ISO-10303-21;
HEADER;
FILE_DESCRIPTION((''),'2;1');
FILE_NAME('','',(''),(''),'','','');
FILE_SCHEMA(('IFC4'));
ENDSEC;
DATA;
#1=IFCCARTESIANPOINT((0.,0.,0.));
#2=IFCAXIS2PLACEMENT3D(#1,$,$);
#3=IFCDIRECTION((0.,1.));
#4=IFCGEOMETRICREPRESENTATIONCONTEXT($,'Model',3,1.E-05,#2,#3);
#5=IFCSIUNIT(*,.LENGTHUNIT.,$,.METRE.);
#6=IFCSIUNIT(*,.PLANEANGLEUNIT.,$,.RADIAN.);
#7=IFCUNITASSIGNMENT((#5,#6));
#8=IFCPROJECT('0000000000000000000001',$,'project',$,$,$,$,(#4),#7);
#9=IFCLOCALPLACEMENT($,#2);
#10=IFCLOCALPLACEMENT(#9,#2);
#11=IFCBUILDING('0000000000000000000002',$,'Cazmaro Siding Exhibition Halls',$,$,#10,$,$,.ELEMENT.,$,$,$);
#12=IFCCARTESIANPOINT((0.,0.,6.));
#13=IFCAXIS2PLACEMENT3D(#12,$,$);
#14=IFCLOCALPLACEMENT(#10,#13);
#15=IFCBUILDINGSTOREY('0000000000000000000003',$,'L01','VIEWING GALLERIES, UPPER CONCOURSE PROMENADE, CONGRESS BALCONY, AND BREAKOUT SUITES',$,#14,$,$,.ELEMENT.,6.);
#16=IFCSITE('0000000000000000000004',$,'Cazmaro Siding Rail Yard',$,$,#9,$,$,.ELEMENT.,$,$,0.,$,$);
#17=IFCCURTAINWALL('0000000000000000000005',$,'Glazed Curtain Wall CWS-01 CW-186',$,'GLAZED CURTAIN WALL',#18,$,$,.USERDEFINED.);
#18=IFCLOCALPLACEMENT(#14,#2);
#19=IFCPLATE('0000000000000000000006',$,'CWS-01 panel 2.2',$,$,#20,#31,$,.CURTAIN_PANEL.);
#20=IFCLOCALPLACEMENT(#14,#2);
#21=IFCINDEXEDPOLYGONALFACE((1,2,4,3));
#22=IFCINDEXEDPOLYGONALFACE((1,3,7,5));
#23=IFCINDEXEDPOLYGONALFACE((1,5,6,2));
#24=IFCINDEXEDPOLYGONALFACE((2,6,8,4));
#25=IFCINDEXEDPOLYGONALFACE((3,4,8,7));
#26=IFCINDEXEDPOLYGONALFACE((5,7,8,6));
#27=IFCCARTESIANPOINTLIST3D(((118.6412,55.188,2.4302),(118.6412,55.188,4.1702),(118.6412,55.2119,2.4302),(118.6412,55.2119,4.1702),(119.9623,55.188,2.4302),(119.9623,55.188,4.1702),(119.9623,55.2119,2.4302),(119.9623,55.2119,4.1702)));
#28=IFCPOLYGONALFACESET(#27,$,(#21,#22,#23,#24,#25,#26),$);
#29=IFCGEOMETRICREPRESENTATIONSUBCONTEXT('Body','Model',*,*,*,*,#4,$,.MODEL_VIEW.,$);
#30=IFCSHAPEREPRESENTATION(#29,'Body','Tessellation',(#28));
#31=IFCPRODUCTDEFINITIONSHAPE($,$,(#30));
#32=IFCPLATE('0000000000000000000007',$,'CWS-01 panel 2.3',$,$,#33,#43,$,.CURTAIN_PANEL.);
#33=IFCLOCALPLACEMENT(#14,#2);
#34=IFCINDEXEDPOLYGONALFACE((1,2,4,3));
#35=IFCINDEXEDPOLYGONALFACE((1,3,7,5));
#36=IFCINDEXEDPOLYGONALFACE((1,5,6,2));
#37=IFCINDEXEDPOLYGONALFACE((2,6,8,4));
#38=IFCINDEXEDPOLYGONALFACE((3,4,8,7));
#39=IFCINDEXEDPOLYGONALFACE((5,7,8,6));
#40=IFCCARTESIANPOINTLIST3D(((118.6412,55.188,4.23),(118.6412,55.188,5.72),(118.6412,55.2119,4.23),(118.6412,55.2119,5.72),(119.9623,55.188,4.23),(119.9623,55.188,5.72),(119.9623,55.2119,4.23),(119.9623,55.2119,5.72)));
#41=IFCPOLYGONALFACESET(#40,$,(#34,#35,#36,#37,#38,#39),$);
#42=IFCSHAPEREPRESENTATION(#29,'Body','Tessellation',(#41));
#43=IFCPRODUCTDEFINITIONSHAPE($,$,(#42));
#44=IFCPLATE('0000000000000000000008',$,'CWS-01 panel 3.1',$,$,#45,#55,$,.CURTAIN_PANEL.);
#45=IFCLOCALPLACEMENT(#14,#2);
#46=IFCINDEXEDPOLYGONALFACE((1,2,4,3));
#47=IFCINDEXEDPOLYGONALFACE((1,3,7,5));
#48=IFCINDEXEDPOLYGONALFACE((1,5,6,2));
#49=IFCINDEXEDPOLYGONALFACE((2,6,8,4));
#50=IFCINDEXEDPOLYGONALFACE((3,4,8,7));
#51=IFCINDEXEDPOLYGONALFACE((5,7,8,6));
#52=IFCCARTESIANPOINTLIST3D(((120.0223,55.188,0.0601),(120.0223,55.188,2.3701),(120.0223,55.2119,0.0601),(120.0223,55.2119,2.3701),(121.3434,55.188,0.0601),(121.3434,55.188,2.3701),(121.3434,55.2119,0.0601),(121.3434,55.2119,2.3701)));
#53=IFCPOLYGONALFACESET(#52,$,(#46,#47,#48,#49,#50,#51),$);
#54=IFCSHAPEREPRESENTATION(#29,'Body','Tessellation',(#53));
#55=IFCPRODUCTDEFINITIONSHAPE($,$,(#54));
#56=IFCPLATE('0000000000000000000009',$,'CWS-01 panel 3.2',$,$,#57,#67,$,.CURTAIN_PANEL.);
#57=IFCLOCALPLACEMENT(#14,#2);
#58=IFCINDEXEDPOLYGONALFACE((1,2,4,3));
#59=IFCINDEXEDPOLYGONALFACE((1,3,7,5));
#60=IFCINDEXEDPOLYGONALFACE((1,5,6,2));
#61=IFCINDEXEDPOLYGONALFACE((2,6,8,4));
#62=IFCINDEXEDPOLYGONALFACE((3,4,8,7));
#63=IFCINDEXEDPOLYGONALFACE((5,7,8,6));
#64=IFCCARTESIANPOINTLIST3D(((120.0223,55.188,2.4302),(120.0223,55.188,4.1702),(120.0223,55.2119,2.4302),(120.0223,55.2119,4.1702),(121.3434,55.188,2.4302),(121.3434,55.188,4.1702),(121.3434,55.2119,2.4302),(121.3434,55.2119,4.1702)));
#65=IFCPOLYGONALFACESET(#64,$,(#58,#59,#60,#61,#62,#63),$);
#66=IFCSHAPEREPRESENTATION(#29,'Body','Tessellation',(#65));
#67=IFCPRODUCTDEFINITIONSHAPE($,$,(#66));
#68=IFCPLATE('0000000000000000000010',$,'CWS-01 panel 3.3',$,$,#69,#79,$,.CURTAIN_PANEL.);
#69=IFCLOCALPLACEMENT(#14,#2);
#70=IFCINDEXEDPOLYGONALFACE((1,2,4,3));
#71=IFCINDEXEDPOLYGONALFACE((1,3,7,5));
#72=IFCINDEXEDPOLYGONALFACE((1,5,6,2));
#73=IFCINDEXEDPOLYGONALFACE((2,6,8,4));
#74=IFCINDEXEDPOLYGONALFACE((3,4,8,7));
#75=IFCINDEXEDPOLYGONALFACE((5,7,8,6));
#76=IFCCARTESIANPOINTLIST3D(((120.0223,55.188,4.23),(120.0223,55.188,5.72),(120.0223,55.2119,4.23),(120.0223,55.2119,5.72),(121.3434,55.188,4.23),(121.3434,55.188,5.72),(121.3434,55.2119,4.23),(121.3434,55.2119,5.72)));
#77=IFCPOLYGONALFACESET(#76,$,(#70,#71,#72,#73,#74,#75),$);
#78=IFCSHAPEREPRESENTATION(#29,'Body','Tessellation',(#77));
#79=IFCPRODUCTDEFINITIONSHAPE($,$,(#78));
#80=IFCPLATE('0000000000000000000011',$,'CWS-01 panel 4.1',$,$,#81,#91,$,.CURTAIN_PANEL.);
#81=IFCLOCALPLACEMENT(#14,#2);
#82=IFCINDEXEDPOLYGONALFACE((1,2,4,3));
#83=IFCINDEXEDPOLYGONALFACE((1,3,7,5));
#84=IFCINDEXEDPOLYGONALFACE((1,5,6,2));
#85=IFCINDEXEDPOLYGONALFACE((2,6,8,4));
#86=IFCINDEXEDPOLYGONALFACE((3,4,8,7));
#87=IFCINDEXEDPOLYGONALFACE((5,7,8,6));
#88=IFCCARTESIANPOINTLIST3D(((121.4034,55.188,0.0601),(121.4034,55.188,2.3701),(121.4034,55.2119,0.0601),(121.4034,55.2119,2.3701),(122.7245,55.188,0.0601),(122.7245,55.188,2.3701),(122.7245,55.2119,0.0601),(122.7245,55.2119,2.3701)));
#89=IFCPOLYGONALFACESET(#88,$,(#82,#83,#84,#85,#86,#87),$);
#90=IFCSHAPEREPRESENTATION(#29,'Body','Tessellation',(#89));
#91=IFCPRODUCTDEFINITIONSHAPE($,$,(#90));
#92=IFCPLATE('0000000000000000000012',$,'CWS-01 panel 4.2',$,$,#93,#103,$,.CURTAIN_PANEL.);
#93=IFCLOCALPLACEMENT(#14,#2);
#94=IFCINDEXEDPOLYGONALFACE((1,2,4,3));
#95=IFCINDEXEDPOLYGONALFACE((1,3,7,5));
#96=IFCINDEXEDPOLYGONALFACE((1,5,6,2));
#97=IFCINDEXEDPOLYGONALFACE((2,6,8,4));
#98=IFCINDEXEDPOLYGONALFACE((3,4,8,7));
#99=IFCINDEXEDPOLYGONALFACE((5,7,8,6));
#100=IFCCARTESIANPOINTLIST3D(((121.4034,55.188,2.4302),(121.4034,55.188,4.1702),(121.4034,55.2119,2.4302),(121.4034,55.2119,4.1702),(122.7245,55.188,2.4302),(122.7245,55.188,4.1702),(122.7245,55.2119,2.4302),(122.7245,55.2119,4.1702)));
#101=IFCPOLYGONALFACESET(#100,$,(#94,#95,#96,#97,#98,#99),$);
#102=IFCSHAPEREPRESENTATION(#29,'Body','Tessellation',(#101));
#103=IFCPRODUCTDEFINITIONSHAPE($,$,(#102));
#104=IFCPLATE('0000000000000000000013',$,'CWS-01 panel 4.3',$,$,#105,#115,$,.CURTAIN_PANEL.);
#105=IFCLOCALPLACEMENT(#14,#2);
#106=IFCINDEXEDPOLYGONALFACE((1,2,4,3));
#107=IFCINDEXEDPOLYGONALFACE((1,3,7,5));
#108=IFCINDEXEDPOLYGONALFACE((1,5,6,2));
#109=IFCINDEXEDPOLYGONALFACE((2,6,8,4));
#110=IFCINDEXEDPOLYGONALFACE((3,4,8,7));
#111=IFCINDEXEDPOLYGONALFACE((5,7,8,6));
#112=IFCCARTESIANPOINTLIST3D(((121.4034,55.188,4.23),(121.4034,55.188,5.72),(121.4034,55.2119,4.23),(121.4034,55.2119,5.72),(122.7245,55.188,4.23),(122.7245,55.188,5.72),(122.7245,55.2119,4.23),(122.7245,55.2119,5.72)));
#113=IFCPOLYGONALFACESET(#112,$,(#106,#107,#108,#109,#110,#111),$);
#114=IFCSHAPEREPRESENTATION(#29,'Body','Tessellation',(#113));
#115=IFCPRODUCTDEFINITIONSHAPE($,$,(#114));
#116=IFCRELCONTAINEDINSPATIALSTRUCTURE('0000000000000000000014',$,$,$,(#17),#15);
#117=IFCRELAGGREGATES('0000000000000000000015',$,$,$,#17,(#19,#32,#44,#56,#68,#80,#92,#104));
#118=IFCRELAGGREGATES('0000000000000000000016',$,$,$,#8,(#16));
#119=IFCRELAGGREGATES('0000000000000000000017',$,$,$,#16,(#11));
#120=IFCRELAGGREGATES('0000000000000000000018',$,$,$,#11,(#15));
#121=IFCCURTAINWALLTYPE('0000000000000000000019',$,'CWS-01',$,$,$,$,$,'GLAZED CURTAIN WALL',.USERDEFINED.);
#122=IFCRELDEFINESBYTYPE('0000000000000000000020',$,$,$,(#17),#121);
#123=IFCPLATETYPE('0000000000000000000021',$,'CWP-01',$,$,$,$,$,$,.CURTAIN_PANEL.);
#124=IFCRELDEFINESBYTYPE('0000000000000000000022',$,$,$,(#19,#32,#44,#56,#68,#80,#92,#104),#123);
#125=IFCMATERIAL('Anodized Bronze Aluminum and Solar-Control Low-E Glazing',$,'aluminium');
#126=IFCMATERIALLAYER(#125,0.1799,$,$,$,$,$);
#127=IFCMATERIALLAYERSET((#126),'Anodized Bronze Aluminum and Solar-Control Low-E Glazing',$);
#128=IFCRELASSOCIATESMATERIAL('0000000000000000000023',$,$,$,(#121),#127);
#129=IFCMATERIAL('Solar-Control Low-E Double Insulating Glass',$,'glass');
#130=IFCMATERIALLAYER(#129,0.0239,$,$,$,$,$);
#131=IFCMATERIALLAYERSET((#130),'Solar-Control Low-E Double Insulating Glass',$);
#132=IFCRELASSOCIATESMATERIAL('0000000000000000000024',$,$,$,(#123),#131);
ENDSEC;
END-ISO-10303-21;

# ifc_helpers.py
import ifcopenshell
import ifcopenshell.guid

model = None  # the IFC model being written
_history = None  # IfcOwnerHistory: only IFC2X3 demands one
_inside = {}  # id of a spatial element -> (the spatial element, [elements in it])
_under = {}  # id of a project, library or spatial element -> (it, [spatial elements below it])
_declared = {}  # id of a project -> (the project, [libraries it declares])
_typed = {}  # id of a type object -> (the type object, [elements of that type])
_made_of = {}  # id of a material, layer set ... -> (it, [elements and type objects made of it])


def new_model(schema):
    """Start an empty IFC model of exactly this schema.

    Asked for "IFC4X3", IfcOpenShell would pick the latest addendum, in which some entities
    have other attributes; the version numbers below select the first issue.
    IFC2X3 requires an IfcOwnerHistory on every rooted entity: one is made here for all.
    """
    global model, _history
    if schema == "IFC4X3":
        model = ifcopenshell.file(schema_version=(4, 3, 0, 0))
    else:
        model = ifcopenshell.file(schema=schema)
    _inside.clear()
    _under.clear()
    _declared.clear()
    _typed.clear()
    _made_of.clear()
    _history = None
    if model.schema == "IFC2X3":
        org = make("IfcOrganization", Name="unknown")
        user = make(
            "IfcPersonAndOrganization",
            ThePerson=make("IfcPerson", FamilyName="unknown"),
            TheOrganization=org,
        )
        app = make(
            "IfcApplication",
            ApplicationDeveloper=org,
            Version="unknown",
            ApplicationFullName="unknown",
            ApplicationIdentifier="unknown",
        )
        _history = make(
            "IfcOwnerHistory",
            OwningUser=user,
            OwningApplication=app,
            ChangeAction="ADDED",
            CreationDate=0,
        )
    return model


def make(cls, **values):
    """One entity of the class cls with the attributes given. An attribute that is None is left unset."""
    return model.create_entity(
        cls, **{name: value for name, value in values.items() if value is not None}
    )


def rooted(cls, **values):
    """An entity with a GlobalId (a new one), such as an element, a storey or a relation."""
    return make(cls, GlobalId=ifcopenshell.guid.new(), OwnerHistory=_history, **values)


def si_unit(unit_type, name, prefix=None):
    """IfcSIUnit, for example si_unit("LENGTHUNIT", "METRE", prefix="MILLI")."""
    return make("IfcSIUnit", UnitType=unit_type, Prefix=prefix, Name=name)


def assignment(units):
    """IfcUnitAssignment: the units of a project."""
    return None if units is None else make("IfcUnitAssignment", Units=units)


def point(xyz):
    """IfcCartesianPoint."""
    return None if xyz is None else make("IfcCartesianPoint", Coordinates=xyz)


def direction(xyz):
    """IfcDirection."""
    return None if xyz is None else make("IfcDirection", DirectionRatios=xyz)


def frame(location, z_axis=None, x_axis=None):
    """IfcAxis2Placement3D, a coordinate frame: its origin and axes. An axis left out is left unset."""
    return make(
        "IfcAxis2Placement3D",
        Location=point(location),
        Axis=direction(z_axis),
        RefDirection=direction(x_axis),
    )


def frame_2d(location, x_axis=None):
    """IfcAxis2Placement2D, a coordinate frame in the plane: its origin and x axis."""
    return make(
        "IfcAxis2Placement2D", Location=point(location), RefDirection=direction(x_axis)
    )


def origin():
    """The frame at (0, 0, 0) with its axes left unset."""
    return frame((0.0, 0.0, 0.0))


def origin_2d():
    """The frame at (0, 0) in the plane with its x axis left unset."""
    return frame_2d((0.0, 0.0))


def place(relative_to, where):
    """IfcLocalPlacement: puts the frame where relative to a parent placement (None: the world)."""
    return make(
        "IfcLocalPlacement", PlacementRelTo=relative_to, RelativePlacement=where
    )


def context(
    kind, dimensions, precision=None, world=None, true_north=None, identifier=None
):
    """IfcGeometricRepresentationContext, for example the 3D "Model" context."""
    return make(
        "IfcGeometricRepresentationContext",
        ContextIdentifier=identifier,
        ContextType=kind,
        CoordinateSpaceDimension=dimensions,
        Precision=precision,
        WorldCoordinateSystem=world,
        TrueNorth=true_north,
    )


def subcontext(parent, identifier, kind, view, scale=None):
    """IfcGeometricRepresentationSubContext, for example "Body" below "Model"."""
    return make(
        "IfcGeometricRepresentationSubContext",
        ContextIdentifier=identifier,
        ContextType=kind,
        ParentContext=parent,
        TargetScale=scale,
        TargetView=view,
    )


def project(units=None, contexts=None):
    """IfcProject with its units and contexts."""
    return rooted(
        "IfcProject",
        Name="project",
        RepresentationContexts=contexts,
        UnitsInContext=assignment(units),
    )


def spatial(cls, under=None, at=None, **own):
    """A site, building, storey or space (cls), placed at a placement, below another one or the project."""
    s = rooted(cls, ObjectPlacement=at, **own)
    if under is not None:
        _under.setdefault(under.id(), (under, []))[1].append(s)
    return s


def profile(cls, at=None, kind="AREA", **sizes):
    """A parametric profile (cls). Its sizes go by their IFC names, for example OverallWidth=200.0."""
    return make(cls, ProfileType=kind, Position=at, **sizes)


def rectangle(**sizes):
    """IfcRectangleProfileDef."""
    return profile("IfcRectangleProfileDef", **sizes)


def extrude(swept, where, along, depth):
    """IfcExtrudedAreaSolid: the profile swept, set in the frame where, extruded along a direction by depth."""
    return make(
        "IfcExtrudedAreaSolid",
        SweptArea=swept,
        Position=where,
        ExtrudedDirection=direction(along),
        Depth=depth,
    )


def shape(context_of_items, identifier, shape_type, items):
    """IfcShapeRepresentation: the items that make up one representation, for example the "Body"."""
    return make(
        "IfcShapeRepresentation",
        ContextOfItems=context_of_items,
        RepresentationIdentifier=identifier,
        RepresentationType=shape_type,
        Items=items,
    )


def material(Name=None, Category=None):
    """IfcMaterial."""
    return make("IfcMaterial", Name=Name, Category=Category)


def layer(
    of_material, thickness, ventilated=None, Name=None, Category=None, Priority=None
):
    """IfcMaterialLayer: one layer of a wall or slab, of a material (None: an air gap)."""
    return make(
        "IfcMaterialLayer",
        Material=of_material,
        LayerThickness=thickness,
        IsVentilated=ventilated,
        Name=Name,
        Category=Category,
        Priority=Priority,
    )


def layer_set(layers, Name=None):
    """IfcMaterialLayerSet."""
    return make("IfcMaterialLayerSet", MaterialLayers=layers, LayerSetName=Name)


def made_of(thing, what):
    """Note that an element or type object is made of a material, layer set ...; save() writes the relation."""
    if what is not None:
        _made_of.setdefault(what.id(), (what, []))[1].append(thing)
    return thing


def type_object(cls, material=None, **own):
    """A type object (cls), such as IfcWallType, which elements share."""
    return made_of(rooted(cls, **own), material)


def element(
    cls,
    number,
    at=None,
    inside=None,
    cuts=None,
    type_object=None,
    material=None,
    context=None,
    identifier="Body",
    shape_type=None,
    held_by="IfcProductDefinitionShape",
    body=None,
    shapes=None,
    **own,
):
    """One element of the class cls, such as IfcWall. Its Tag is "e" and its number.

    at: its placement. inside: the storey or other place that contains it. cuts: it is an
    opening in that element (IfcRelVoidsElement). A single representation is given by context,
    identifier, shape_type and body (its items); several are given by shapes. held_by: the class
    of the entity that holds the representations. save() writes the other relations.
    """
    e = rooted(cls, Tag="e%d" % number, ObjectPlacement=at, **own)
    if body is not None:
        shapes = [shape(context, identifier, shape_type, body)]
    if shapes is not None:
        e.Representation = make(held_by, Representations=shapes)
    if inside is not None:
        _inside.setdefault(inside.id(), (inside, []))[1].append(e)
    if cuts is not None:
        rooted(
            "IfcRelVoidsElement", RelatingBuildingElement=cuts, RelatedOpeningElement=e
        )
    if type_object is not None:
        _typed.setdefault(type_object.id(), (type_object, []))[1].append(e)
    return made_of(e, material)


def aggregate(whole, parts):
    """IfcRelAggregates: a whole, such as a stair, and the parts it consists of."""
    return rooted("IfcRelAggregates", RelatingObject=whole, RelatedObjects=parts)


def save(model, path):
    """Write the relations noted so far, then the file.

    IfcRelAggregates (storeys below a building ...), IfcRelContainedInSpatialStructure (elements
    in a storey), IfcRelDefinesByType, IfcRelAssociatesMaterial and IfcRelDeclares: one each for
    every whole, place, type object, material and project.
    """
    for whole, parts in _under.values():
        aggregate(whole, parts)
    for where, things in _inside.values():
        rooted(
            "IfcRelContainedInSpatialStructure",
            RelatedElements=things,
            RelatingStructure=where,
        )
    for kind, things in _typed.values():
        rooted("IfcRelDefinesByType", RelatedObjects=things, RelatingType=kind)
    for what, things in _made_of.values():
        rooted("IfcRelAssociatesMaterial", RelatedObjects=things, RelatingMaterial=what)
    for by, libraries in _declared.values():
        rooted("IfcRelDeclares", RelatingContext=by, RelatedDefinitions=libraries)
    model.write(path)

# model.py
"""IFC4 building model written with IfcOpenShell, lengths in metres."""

from ifc_helpers import new_model, si_unit, direction, frame, origin, origin_2d, place, context, subcontext, project, spatial, rectangle, extrude, material, layer, layer_set, type_object, element, aggregate, save


model = new_model("IFC4")

# Units and contexts
model_context = context("Model", 3, precision=1e-05, world=origin(), true_north=direction((0.0, 1.0)))
body_context = subcontext(model_context, "Body", "Model", "MODEL_VIEW")
ifc_project = project(units=[si_unit("LENGTHUNIT", "METRE"), si_unit("PLANEANGLEUNIT", "RADIAN")], contexts=[model_context])

# Site, building, storey
site_placement = place(None, origin())
site = spatial("IfcSite", under=ifc_project, at=site_placement, Name="Cazmaro Siding Rail Yard", CompositionType="ELEMENT", RefElevation=0.0)
building_placement = place(site_placement, origin())
building = spatial("IfcBuilding", under=site, at=building_placement, Name="Cazmaro Siding Exhibition Halls", CompositionType="ELEMENT")
storey_placement = place(building_placement, frame((0.0, 0.0, 6.0)))
storey = spatial("IfcBuildingStorey", under=building, at=storey_placement, Name="L01", Description="VIEWING GALLERIES, UPPER CONCOURSE PROMENADE, CONGRESS BALCONY, AND BREAKOUT SUITES", CompositionType="ELEMENT", Elevation=6.0)

# Curtain wall, plates
ifc_material_1 = material(Name="Anodized Bronze Aluminum and Solar-Control Low-E Glazing", Category="aluminium")
ifc_layer_1 = layer(ifc_material_1, 0.1799)
ifc_layer_set_1 = layer_set([ifc_layer_1], Name="Anodized Bronze Aluminum and Solar-Control Low-E Glazing")
curtain_wall_type = type_object("IfcCurtainWallType", Name="CWS-01", ElementType="GLAZED CURTAIN WALL", PredefinedType="USERDEFINED", material=ifc_layer_set_1)
curtain_wall_placement = place(storey_placement, origin())
curtain_wall = element("IfcCurtainWall", 1, at=curtain_wall_placement, inside=storey, type_object=curtain_wall_type, Name="Glazed Curtain Wall CWS-01 CW-186", ObjectType="GLAZED CURTAIN WALL", PredefinedType="USERDEFINED")
ifc_material_2 = material(Name="Solar-Control Low-E Double Insulating Glass", Category="glass")
ifc_layer_2 = layer(ifc_material_2, 0.0239)
ifc_layer_set_2 = layer_set([ifc_layer_2], Name="Solar-Control Low-E Double Insulating Glass")
plate_type = type_object("IfcPlateType", Name="CWP-01", PredefinedType="CURTAIN_PANEL", material=ifc_layer_set_2)
plate_1_placement = place(storey_placement, frame((119.3018, 55.2, 2.4302), z_axis=(0.0, 0.0, 1.0), x_axis=(1.0, 0.0, 0.0)))
plate_1 = element("IfcPlate", 2, at=plate_1_placement, type_object=plate_type, Name="CWS-01 panel 2.2", PredefinedType="CURTAIN_PANEL", context=body_context, shape_type="SweptSolid", body=[
    extrude(rectangle(XDim=1.321, YDim=0.0239, at=origin_2d()), origin(), (0.0, 0.0, 1.0), 1.74),
])
plate_2_placement = place(storey_placement, frame((119.3018, 55.2, 4.23), z_axis=(0.0, 0.0, 1.0), x_axis=(1.0, 0.0, 0.0)))
plate_2 = element("IfcPlate", 3, at=plate_2_placement, type_object=plate_type, Name="CWS-01 panel 2.3", PredefinedType="CURTAIN_PANEL", context=body_context, shape_type="SweptSolid", body=[
    extrude(rectangle(XDim=1.321, YDim=0.0239, at=origin_2d()), origin(), (0.0, 0.0, 1.0), 1.49),
])
plate_3_placement = place(storey_placement, frame((120.6829, 55.2, 0.0601), z_axis=(0.0, 0.0, 1.0), x_axis=(1.0, 0.0, 0.0)))
plate_3 = element("IfcPlate", 4, at=plate_3_placement, type_object=plate_type, Name="CWS-01 panel 3.1", PredefinedType="CURTAIN_PANEL", context=body_context, shape_type="SweptSolid", body=[
    extrude(rectangle(XDim=1.321, YDim=0.0239, at=origin_2d()), origin(), (0.0, 0.0, 1.0), 2.3101),
])
plate_4_placement = place(storey_placement, frame((120.6829, 55.2, 2.4302), z_axis=(0.0, 0.0, 1.0), x_axis=(1.0, 0.0, 0.0)))
plate_4 = element("IfcPlate", 5, at=plate_4_placement, type_object=plate_type, Name="CWS-01 panel 3.2", PredefinedType="CURTAIN_PANEL", context=body_context, shape_type="SweptSolid", body=[
    extrude(rectangle(XDim=1.321, YDim=0.0239, at=origin_2d()), origin(), (0.0, 0.0, 1.0), 1.74),
])
plate_5_placement = place(storey_placement, frame((120.6829, 55.2, 4.23), z_axis=(0.0, 0.0, 1.0), x_axis=(1.0, 0.0, 0.0)))
plate_5 = element("IfcPlate", 6, at=plate_5_placement, type_object=plate_type, Name="CWS-01 panel 3.3", PredefinedType="CURTAIN_PANEL", context=body_context, shape_type="SweptSolid", body=[
    extrude(rectangle(XDim=1.321, YDim=0.0239, at=origin_2d()), origin(), (0.0, 0.0, 1.0), 1.49),
])
plate_6_placement = place(storey_placement, frame((122.064, 55.2, 0.0601), z_axis=(0.0, 0.0, 1.0), x_axis=(1.0, 0.0, 0.0)))
plate_6 = element("IfcPlate", 7, at=plate_6_placement, type_object=plate_type, Name="CWS-01 panel 4.1", PredefinedType="CURTAIN_PANEL", context=body_context, shape_type="SweptSolid", body=[
    extrude(rectangle(XDim=1.321, YDim=0.0239, at=origin_2d()), origin(), (0.0, 0.0, 1.0), 2.3101),
])
plate_7_placement = place(storey_placement, frame((122.064, 55.2, 2.4302), z_axis=(0.0, 0.0, 1.0), x_axis=(1.0, 0.0, 0.0)))
plate_7 = element("IfcPlate", 8, at=plate_7_placement, type_object=plate_type, Name="CWS-01 panel 4.2", PredefinedType="CURTAIN_PANEL", context=body_context, shape_type="SweptSolid", body=[
    extrude(rectangle(XDim=1.321, YDim=0.0239, at=origin_2d()), origin(), (0.0, 0.0, 1.0), 1.74),
])
plate_8_placement = place(storey_placement, frame((122.064, 55.2, 4.23), z_axis=(0.0, 0.0, 1.0), x_axis=(1.0, 0.0, 0.0)))
plate_8 = element("IfcPlate", 9, at=plate_8_placement, type_object=plate_type, Name="CWS-01 panel 4.3", PredefinedType="CURTAIN_PANEL", context=body_context, shape_type="SweptSolid", body=[
    extrude(rectangle(XDim=1.321, YDim=0.0239, at=origin_2d()), origin(), (0.0, 0.0, 1.0), 1.49),
])
aggregate(curtain_wall, [plate_1, plate_2, plate_3, plate_4, plate_5, plate_6, plate_7, plate_8])

save(model, "model.ifc")
